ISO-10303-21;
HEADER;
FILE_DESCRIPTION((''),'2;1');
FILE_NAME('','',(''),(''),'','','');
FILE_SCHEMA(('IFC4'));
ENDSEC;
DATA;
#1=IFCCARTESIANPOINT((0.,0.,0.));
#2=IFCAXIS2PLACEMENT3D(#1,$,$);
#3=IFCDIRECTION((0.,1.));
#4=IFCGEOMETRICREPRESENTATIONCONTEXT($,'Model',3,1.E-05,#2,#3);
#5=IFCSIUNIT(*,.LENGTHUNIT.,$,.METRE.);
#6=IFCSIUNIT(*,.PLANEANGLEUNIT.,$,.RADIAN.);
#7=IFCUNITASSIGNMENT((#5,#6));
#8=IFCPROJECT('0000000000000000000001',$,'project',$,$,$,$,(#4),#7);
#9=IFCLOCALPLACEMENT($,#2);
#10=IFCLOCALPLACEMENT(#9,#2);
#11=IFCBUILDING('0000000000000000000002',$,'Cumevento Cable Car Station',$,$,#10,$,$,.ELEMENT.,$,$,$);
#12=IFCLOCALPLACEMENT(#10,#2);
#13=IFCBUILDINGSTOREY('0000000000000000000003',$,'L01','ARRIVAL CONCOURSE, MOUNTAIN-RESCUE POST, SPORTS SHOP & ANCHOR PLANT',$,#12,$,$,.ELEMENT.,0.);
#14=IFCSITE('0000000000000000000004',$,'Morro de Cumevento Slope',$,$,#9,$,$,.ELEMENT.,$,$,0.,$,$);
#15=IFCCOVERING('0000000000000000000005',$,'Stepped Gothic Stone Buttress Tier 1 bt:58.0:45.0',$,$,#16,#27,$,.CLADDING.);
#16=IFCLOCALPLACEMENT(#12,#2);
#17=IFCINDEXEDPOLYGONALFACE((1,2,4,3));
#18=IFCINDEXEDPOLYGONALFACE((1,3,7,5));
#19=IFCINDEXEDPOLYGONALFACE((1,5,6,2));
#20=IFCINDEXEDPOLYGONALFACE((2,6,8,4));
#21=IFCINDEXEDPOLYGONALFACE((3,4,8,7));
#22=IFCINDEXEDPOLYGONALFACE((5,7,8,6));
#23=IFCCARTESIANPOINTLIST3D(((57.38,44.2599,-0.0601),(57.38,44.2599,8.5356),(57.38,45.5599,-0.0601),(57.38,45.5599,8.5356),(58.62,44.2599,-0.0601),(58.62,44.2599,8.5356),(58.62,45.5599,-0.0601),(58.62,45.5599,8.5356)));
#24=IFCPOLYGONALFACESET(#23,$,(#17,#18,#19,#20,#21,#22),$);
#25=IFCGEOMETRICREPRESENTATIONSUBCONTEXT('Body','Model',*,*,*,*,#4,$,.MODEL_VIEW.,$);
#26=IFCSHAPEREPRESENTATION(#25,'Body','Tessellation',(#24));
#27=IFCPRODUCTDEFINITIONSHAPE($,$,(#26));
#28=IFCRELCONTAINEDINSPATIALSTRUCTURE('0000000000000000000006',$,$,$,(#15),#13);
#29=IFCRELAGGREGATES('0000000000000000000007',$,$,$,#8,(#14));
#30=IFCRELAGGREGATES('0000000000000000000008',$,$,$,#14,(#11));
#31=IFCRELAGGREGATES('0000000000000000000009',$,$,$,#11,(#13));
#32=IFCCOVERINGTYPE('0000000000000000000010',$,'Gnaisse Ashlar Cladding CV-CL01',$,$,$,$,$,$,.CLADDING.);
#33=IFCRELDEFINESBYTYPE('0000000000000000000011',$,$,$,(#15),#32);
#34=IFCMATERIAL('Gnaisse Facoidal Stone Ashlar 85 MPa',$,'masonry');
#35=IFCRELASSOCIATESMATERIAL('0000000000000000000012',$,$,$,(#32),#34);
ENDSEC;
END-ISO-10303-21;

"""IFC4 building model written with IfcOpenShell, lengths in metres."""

from ifc_helpers import new_model, si_unit, direction, frame, origin, origin_2d, place, context, subcontext, project, spatial, rectangle, extrude, material, type_object, element, save


model = new_model("IFC4")

# Units and contexts
model_context = context("Model", 3, precision=1e-05, world=origin(), true_north=direction((0.0, 1.0)))
body_context = subcontext(model_context, "Body", "Model", "MODEL_VIEW")
ifc_project = project(units=[si_unit("LENGTHUNIT", "METRE"), si_unit("PLANEANGLEUNIT", "RADIAN")], contexts=[model_context])

# Site, building, storey
site_placement = place(None, origin())
site = spatial("IfcSite", under=ifc_project, at=site_placement, Name="Morro de Cumevento Slope", CompositionType="ELEMENT", RefElevation=0.0)
building_placement = place(site_placement, origin())
building = spatial("IfcBuilding", under=site, at=building_placement, Name="Cumevento Cable Car Station", CompositionType="ELEMENT")
storey_placement = place(building_placement, origin())
storey = spatial("IfcBuildingStorey", under=building, at=storey_placement, Name="L01", Description="ARRIVAL CONCOURSE, MOUNTAIN-RESCUE POST, SPORTS SHOP & ANCHOR PLANT", CompositionType="ELEMENT", Elevation=0.0)

# Covering
ifc_material_1 = material(Name="Gnaisse Facoidal Stone Ashlar 85 MPa", Category="masonry")
covering_type = type_object("IfcCoveringType", Name="Gnaisse Ashlar Cladding CV-CL01", PredefinedType="CLADDING", material=ifc_material_1)
for number, where, z_axis, x_axis, name in (
    (1, (58.0, 44.9099, -0.0601), (0.0, 0.0, 1.0), (1.0, 0.0, 0.0), "Stepped Gothic Stone Buttress Tier 1 bt:58.0:45.0"),
):
    element("IfcCovering", number, at=place(storey_placement, frame(where, z_axis=z_axis, x_axis=x_axis)), inside=storey, type_object=covering_type, Name=name, PredefinedType="CLADDING", context=body_context, shape_type="SweptSolid", body=[
        extrude(rectangle(XDim=1.24, YDim=1.3, at=origin_2d()), origin(), (0.0, 0.0, 1.0), 8.5957),
    ])

save(model, "model.ifc")
